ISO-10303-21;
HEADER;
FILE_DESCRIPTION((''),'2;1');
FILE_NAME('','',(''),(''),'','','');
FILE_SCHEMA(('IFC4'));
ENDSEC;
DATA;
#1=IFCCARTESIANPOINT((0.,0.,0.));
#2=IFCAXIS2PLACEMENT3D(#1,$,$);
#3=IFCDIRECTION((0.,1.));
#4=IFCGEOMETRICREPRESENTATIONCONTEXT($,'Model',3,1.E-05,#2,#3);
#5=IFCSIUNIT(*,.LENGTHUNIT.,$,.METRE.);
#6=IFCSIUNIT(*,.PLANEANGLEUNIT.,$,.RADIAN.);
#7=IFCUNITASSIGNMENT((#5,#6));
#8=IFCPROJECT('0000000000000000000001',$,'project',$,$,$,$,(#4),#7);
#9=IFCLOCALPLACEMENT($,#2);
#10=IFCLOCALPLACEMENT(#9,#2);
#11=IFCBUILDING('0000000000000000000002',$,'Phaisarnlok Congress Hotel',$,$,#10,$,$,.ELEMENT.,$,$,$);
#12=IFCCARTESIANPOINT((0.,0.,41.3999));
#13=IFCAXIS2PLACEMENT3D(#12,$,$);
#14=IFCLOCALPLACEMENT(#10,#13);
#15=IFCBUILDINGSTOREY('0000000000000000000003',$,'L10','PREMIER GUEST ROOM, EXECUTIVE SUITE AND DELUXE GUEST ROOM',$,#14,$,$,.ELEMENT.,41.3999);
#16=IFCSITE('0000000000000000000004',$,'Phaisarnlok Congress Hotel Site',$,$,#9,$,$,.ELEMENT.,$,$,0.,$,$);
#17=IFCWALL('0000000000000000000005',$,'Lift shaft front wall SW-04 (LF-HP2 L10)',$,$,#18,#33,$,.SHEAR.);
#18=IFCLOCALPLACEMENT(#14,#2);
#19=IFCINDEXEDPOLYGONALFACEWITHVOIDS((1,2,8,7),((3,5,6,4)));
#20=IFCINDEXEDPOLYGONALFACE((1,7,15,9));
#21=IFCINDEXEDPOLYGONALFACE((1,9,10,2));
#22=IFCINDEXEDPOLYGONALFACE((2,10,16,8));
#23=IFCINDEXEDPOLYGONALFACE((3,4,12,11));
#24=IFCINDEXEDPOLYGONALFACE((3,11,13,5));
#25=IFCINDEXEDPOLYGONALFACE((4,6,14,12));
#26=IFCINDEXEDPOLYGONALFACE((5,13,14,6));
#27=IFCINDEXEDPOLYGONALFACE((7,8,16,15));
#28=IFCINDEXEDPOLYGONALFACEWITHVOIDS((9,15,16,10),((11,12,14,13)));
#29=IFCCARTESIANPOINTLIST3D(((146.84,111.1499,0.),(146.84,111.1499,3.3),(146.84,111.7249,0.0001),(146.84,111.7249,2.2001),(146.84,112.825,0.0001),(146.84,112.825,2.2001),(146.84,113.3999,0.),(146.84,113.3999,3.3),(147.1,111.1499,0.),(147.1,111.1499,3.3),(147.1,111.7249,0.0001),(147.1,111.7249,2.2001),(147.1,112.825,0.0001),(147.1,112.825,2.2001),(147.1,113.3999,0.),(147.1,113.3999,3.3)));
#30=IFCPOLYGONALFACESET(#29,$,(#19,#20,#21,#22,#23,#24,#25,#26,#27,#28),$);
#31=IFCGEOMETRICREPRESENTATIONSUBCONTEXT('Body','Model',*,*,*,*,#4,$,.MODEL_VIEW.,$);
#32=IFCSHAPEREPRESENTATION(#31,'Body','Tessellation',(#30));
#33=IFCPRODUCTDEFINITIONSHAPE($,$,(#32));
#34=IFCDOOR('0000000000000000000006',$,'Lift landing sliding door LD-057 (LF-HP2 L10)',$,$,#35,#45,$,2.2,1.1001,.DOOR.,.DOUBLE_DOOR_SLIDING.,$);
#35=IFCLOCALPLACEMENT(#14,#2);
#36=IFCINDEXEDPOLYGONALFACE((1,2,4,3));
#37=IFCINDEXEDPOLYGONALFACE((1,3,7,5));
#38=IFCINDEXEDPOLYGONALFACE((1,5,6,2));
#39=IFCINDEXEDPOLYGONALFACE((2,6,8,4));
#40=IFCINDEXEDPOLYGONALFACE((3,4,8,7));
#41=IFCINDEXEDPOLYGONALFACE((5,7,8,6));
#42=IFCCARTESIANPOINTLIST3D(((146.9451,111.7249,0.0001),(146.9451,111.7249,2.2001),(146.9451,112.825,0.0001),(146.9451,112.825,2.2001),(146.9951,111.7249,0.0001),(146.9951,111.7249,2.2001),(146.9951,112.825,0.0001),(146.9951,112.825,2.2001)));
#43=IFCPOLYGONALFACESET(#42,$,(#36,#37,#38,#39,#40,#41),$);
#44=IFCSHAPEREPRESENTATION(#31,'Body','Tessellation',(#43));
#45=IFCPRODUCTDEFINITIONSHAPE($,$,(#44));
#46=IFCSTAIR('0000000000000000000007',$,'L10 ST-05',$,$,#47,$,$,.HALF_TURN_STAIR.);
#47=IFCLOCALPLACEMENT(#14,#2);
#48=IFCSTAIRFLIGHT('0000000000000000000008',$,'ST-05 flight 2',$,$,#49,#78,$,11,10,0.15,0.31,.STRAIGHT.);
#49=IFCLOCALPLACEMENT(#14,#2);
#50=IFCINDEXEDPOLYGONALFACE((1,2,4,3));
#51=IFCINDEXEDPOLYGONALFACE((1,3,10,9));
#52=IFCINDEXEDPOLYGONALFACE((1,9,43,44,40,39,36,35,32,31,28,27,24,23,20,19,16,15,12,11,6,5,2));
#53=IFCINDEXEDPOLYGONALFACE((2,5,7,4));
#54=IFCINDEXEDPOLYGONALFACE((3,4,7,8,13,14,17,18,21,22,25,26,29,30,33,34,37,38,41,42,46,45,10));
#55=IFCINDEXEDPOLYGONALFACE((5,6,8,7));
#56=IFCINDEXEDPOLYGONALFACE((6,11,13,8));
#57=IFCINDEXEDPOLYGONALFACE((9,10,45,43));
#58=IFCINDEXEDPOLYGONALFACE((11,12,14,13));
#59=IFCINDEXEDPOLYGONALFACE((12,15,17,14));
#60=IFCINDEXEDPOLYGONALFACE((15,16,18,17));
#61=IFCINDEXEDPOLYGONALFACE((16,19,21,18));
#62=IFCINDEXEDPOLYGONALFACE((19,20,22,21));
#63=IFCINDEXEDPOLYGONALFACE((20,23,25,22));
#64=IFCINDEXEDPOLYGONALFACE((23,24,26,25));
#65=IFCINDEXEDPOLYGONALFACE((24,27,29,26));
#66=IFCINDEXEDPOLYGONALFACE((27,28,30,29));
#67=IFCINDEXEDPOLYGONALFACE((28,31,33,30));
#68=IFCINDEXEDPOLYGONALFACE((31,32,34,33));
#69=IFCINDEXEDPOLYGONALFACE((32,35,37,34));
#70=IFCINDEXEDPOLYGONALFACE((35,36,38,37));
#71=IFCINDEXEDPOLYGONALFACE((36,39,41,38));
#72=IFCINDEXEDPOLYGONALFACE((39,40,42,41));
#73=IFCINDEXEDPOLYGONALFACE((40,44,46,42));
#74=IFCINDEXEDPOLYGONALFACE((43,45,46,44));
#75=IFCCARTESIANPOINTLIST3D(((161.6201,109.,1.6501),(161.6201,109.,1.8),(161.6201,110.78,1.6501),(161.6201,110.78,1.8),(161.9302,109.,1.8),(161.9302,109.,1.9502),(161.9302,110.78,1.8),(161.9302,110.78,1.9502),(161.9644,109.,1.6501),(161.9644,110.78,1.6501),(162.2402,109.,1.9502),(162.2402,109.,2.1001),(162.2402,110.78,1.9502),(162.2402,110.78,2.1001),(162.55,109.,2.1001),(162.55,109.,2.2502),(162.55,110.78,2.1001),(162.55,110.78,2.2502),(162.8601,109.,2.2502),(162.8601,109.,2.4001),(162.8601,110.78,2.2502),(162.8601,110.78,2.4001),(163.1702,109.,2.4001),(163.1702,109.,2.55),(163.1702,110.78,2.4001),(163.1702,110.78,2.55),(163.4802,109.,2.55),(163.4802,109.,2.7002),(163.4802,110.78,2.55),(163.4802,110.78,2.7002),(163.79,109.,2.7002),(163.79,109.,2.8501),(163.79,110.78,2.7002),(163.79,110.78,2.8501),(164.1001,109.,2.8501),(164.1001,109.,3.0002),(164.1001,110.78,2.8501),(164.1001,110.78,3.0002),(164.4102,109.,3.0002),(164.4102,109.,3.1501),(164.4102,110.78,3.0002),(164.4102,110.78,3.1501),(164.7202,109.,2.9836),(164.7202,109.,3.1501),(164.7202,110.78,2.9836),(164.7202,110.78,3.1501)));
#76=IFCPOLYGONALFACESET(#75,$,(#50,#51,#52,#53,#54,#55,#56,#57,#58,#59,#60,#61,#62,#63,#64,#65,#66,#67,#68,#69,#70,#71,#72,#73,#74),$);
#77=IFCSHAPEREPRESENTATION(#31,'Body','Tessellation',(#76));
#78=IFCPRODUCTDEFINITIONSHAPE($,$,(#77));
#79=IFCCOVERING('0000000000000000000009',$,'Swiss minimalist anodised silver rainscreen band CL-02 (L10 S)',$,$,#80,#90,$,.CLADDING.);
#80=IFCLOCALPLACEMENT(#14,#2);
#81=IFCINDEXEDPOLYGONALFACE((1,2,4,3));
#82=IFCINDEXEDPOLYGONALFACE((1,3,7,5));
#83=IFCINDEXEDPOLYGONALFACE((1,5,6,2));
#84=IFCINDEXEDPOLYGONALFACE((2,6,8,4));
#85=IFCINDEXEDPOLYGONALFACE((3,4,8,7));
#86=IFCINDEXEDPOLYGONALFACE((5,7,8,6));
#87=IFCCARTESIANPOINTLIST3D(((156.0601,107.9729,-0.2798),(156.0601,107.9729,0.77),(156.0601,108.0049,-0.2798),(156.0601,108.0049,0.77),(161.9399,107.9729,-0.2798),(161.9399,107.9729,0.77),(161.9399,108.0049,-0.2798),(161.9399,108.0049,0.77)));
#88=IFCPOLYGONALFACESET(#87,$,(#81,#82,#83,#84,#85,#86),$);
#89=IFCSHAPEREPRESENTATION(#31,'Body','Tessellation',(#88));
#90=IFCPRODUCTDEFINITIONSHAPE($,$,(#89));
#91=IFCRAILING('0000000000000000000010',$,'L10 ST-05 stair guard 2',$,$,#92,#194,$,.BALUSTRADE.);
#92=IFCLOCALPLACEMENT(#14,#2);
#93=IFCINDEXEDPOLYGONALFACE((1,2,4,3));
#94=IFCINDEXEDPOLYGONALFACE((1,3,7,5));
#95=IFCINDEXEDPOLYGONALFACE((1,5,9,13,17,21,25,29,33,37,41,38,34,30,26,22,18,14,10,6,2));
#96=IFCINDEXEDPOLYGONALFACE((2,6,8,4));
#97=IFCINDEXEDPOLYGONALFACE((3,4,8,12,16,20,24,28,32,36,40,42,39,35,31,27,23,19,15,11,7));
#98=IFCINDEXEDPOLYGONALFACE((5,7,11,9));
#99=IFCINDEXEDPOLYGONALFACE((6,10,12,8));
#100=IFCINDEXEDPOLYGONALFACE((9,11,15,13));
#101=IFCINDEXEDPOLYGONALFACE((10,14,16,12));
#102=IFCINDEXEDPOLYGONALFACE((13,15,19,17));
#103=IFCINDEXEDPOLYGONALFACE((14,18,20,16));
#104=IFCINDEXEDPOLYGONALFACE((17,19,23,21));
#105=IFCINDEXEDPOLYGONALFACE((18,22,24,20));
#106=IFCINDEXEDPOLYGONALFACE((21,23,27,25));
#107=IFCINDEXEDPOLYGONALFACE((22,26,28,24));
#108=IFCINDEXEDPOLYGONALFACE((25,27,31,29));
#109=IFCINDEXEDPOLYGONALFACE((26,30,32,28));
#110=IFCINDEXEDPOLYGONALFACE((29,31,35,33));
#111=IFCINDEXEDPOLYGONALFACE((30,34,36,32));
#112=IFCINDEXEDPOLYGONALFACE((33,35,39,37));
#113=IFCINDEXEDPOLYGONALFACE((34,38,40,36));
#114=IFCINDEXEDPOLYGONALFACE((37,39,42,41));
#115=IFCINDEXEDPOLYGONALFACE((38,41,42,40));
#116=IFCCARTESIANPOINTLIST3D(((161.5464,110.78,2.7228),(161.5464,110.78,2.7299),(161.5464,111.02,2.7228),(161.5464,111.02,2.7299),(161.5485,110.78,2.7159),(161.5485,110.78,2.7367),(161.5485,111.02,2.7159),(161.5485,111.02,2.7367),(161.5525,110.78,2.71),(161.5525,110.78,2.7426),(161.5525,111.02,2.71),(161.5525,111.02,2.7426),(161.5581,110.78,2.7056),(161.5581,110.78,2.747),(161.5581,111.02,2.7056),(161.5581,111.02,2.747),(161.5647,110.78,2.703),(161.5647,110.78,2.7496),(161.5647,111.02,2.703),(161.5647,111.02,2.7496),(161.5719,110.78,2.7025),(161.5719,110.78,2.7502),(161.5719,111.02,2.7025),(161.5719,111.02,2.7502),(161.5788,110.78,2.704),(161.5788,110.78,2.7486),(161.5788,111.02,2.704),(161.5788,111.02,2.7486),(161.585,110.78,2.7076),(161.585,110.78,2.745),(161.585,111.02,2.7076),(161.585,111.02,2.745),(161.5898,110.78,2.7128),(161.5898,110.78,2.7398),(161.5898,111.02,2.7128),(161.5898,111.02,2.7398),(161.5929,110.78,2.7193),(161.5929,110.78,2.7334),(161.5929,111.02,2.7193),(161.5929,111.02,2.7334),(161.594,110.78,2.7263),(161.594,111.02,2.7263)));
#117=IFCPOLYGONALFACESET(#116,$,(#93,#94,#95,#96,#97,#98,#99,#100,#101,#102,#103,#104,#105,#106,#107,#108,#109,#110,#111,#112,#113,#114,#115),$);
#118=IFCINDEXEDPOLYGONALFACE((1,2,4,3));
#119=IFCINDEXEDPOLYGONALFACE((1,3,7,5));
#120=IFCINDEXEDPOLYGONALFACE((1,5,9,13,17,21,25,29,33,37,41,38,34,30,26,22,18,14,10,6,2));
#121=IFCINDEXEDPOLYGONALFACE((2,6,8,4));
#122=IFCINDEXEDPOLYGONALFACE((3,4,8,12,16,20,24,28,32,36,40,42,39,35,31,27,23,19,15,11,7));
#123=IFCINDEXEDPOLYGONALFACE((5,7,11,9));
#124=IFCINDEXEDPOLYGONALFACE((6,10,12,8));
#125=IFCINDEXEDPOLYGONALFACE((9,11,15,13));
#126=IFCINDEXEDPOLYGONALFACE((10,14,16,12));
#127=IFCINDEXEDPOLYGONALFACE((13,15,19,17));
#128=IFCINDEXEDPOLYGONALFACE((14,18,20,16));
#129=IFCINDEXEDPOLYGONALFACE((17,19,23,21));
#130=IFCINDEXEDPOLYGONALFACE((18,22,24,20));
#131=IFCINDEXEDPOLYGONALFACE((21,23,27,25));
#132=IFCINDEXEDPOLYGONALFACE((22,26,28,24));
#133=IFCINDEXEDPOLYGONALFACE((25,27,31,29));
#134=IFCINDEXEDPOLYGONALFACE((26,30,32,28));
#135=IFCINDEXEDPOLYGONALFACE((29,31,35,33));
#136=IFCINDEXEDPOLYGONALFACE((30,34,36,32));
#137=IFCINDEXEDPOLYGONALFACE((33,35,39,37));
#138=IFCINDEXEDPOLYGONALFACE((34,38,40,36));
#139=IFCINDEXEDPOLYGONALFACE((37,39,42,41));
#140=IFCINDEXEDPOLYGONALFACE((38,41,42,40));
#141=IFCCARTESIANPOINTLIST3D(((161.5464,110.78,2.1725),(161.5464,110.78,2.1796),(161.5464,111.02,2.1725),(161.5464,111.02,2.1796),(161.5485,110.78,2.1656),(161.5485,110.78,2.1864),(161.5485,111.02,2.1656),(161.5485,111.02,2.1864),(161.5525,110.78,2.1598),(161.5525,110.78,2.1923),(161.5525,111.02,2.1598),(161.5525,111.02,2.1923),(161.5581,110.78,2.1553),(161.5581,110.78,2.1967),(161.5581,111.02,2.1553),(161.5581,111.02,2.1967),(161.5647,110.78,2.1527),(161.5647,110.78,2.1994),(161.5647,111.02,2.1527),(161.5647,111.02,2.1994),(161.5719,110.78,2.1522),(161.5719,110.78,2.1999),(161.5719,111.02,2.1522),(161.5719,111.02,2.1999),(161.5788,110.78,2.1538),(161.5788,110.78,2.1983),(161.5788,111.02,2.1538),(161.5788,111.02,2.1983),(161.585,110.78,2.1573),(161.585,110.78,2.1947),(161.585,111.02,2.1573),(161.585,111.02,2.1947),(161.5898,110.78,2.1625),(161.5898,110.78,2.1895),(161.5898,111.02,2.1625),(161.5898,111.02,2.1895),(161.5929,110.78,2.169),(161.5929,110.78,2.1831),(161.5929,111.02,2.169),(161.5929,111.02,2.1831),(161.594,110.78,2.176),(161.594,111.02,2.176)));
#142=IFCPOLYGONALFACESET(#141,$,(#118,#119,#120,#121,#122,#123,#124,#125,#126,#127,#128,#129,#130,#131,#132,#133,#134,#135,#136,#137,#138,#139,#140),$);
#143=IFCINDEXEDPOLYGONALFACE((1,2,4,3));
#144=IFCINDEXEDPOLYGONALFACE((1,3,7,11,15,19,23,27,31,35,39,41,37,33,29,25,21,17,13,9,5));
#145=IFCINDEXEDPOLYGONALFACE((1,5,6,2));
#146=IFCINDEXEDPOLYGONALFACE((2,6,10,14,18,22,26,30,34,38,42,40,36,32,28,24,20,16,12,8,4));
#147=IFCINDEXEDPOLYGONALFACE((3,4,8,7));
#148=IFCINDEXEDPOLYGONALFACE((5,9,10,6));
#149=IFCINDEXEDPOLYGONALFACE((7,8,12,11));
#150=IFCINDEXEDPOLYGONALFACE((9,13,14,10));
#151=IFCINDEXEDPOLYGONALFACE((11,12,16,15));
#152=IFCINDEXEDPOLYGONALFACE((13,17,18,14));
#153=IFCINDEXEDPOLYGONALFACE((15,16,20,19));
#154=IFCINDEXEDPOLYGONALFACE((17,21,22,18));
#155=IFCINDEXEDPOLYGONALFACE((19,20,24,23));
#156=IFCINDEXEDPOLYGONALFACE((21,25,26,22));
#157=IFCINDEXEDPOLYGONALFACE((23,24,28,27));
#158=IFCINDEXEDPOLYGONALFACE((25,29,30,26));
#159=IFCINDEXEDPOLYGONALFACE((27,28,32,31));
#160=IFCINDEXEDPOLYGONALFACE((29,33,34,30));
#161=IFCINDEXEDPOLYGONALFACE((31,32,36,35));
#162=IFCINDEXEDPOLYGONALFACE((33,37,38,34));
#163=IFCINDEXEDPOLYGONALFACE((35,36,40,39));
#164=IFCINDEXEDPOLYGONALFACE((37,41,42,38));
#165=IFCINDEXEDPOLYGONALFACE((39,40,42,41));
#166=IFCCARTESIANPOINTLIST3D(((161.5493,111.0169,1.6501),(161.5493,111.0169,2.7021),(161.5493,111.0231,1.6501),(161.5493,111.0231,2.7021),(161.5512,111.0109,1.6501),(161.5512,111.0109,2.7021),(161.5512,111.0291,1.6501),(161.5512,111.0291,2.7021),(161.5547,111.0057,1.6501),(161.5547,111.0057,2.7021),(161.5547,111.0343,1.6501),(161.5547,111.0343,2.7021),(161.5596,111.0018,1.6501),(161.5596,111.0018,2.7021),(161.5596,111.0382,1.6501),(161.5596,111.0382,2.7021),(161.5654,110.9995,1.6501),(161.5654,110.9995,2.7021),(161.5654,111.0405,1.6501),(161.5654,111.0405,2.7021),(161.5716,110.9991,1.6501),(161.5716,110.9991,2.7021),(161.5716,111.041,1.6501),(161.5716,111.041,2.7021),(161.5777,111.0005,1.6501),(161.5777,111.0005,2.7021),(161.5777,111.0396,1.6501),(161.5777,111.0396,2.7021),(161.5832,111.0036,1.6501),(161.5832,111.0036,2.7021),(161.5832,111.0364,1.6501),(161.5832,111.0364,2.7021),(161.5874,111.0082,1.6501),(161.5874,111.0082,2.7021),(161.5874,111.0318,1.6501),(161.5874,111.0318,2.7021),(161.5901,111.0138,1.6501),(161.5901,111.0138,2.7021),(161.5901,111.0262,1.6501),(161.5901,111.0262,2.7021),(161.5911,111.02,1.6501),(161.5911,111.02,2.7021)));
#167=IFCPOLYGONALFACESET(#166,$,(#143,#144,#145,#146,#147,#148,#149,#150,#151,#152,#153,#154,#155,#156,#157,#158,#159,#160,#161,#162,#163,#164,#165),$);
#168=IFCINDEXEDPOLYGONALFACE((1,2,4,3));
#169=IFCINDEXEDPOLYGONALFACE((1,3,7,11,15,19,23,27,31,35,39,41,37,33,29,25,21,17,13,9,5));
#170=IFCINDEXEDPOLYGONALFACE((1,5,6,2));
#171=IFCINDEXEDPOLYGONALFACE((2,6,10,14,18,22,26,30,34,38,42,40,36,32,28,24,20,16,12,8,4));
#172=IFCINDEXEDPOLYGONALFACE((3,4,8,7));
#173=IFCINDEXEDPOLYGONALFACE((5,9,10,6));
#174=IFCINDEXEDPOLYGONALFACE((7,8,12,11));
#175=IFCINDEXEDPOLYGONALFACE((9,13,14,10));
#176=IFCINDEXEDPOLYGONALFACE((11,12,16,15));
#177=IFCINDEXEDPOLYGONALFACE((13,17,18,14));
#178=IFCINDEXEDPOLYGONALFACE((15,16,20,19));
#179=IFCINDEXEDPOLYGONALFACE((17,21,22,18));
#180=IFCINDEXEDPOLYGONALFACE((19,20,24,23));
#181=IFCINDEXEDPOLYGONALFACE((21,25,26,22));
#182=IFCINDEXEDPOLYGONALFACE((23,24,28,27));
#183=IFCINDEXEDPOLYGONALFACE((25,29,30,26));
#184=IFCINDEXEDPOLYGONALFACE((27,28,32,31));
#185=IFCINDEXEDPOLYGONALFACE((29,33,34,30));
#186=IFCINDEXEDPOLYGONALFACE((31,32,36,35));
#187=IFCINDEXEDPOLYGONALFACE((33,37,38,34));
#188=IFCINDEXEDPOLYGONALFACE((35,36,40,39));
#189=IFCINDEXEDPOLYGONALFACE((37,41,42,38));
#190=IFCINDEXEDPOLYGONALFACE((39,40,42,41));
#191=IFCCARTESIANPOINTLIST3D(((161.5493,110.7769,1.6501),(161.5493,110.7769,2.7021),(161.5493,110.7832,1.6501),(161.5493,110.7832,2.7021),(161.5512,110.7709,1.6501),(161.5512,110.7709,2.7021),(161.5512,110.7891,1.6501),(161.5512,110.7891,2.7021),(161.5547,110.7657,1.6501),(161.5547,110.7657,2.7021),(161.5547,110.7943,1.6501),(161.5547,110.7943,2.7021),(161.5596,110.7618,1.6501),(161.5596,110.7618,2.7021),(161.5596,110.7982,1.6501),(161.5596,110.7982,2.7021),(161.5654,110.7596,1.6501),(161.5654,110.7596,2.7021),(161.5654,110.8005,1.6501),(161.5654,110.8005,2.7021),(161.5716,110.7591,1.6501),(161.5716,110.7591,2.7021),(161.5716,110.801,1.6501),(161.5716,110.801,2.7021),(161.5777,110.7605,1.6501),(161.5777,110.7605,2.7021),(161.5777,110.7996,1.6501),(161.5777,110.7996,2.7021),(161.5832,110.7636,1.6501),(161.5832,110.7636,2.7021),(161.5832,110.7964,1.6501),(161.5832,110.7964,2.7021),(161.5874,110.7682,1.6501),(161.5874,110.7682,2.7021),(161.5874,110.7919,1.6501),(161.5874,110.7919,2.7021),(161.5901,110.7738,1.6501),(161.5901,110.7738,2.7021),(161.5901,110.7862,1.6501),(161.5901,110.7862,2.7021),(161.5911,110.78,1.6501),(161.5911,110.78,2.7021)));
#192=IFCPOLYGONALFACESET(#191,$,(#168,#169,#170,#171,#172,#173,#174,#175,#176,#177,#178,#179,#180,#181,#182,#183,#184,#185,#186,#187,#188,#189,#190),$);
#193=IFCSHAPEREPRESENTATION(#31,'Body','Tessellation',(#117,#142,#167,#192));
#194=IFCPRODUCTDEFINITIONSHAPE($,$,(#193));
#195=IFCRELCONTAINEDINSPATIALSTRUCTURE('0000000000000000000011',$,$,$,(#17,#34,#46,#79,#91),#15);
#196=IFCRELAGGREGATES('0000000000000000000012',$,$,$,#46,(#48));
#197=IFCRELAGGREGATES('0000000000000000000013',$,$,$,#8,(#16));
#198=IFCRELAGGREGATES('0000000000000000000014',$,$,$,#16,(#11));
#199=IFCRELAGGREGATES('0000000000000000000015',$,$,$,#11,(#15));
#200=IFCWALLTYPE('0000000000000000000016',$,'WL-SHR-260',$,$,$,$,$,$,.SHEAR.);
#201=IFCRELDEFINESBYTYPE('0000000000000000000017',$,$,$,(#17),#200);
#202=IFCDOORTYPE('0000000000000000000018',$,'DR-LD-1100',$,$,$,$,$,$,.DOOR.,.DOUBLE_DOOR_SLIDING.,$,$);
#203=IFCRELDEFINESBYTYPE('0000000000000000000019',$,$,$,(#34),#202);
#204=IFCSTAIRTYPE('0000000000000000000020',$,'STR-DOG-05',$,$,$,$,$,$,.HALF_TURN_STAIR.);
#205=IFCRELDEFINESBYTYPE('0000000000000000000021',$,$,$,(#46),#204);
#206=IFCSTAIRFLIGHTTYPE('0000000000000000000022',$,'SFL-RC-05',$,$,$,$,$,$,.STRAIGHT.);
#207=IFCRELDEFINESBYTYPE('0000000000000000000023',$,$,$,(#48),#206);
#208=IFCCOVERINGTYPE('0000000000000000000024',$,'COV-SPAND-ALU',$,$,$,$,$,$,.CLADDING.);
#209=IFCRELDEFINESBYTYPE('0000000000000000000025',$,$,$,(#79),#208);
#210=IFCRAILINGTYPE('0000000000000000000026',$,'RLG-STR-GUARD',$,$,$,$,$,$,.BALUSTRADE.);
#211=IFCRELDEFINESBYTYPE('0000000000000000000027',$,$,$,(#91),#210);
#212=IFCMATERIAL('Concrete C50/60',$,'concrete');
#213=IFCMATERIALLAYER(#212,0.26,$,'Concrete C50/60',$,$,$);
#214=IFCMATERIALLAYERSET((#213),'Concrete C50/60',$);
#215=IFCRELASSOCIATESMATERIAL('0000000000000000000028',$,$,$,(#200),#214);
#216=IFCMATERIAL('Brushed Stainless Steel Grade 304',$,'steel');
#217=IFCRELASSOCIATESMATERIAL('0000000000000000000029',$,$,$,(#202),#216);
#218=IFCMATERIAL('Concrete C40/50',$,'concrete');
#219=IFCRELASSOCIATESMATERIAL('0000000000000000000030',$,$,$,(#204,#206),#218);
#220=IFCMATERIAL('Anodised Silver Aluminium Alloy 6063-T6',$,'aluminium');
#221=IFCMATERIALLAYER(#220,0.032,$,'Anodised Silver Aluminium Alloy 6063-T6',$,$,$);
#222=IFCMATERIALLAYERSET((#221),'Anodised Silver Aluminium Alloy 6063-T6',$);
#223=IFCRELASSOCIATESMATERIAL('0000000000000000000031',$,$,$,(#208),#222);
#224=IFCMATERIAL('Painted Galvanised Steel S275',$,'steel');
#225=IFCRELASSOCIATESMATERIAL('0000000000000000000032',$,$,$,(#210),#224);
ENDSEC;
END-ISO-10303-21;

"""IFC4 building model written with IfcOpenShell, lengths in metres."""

from ifc_helpers import new_model, si_unit, direction, frame, frame_2d, origin, origin_2d, place, context, subcontext, project, spatial, polyline, rectangle, circle, outline, extrude, material, layer, layer_set, type_object, element, fill, aggregate, save


model = new_model("IFC4")

# Units and contexts
model_context = context("Model", 3, precision=1e-05, world=origin(), true_north=direction((0.0, 1.0)))
body_context = subcontext(model_context, "Body", "Model", "MODEL_VIEW")
ifc_project = project(units=[si_unit("LENGTHUNIT", "METRE"), si_unit("PLANEANGLEUNIT", "RADIAN")], contexts=[model_context])

# Site, building, storey
site_placement = place(None, origin())
site = spatial("IfcSite", under=ifc_project, at=site_placement, Name="Phaisarnlok Congress Hotel Site", CompositionType="ELEMENT", RefElevation=0.0)
building_placement = place(site_placement, origin())
building = spatial("IfcBuilding", under=site, at=building_placement, Name="Phaisarnlok Congress Hotel", CompositionType="ELEMENT")
storey_placement = place(building_placement, frame((0.0, 0.0, 41.3999)))
storey = spatial("IfcBuildingStorey", under=building, at=storey_placement, Name="L10", Description="PREMIER GUEST ROOM, EXECUTIVE SUITE AND DELUXE GUEST ROOM", CompositionType="ELEMENT", Elevation=41.3999)

# Shared definitions
ifc_material_1 = material(Name="Concrete C50/60", Category="concrete")

# Shared definitions
ifc_material_2 = material(Name="Concrete C40/50", Category="concrete")

# Shared definitions
ifc_layer_1 = layer(ifc_material_1, 0.26, Name="Concrete C50/60")
ifc_layer_set_1 = layer_set([ifc_layer_1], Name="Concrete C50/60")
wall_type_1 = type_object("IfcWallType", Name="WL-SHR-260", PredefinedType="SHEAR", material=ifc_layer_set_1)

# Wall, opening, door
wall_1_placement = place(storey_placement, frame((146.97, 111.1499, 0.0), z_axis=(0.0, 0.0, 1.0), x_axis=(0.0, 1.0, 0.0)))
wall_1 = element("IfcWall", 1, at=wall_1_placement, inside=storey, type_object=wall_type_1, Name="Lift shaft front wall SW-04 (LF-HP2 L10)", PredefinedType="SHEAR", context=body_context, shape_type="SweptSolid", body=[
    extrude(rectangle(XDim=2.25, YDim=0.26, at=frame_2d((1.125, 0.0))), origin(), (0.0, 0.0, 1.0), 3.3),
])
opening_1_placement = place(wall_1_placement, frame((0.575, 0.0, 0.0)))
opening_1 = element("IfcOpeningElement", 2, at=opening_1_placement, cuts=wall_1, PredefinedType="OPENING", context=body_context, shape_type="SweptSolid", body=[
    extrude(rectangle(XDim=1.1001, YDim=2.2, at=frame_2d((0.55, 1.1001))), frame((0.0, 0.1401, 0.0), z_axis=(0.0, -1.0, 0.0), x_axis=(1.0, 0.0, 0.0)), (0.0, 0.0, 1.0), 0.28),
])
ifc_material_3 = material(Name="Brushed Stainless Steel Grade 304", Category="steel")
door_type = type_object("IfcDoorType", Name="DR-LD-1100", OperationType="DOUBLE_DOOR_SLIDING", PredefinedType="DOOR", material=ifc_material_3)
door_placement = place(opening_1_placement, origin())
door = element("IfcDoor", 3, at=door_placement, inside=storey, type_object=door_type, Name="Lift landing sliding door LD-057 (LF-HP2 L10)", OperationType="DOUBLE_DOOR_SLIDING", OverallHeight=2.2, OverallWidth=1.1001, PredefinedType="DOOR", context=body_context, shape_type="SweptSolid", body=[
    extrude(rectangle(XDim=1.1001, YDim=2.2, at=frame_2d((0.55, 1.1001))), frame((0.0, 0.0249, 0.0), z_axis=(0.0, -1.0, 0.0), x_axis=(1.0, 0.0, 0.0)), (0.0, 0.0, 1.0), 0.05),
])
fill(opening_1, door)

# Stair, stair flight
stair_type = type_object("IfcStairType", Name="STR-DOG-05", PredefinedType="HALF_TURN_STAIR", material=ifc_material_2)
stair_placement = place(storey_placement, origin())
stair = element("IfcStair", 4, at=stair_placement, inside=storey, type_object=stair_type, Name="L10 ST-05", PredefinedType="HALF_TURN_STAIR")
stair_flight_type = type_object("IfcStairFlightType", Name="SFL-RC-05", PredefinedType="STRAIGHT", material=ifc_material_2)
stair_flight_placement = place(storey_placement, frame((161.6201, 109.8899, 1.6501), z_axis=(0.0, 0.0, 1.0), x_axis=(1.0, 0.0, 0.0)))
stair_flight = element("IfcStairFlight", 5, at=stair_flight_placement, type_object=stair_flight_type, Name="ST-05 flight 2", NumberOfRisers=11, NumberOfTreads=10, PredefinedType="STRAIGHT", RiserHeight=0.15, TreadLength=0.31, context=body_context, shape_type="SweptSolid", body=[
    extrude(outline(polyline([(0.0, 0.0), (0.0, 0.1499), (0.3101, 0.1499), (0.3101, 0.3), (0.6201, 0.3), (0.6201, 0.45), (0.9299, 0.45), (0.9299, 0.6001), (1.24, 0.6001), (1.24, 0.75), (1.55, 0.75), (1.55, 0.8999), (1.8601, 0.8999), (1.8601, 1.05), (2.1699, 1.05), (2.1699, 1.2), (2.48, 1.2), (2.48, 1.3501), (2.79, 1.3501), (2.79, 1.5), (3.1001, 1.5), (3.1001, 1.6499), (3.1001, 1.3335), (0.3442, 0.0), (0.0, 0.0)])), frame((0.0, 0.8901, 0.0), z_axis=(0.0, -1.0, 0.0), x_axis=(1.0, 0.0, 0.0)), (0.0, 0.0, 1.0), 1.78),
])
aggregate(stair, [stair_flight])

# Covering
ifc_material_4 = material(Name="Anodised Silver Aluminium Alloy 6063-T6", Category="aluminium")
ifc_layer_2 = layer(ifc_material_4, 0.032, Name="Anodised Silver Aluminium Alloy 6063-T6")
ifc_layer_set_2 = layer_set([ifc_layer_2], Name="Anodised Silver Aluminium Alloy 6063-T6")
covering_type = type_object("IfcCoveringType", Name="COV-SPAND-ALU", PredefinedType="CLADDING", material=ifc_layer_set_2)
covering_placement = place(storey_placement, frame((156.0601, 108.0049, -0.2798), z_axis=(0.0, -1.0, 0.0), x_axis=(1.0, 0.0, 0.0)))
element("IfcCovering", 6, at=covering_placement, inside=storey, type_object=covering_type, Name="Swiss minimalist anodised silver rainscreen band CL-02 (L10 S)", PredefinedType="CLADDING", context=body_context, shape_type="SweptSolid", body=[
    extrude(outline(polyline([(0.0, 0.0), (5.8799, 0.0), (5.8799, 1.0498), (0.0, 1.0498), (0.0, 0.0)])), origin(), (0.0, 0.0, 1.0), 0.032),
])

# Railing
ifc_material_5 = material(Name="Painted Galvanised Steel S275", Category="steel")
railing_type_1 = type_object("IfcRailingType", Name="RLG-STR-GUARD", PredefinedType="BALUSTRADE", material=ifc_material_5)
railing_1_placement = place(storey_placement, frame((161.5701, 111.02, 1.6501)))
element("IfcRailing", 7, at=railing_1_placement, inside=storey, type_object=railing_type_1, Name="L10 ST-05 stair guard 2", PredefinedType="BALUSTRADE", context=body_context, shape_type="SweptSolid", body=[
    extrude(circle(Radius=0.0239, at=origin_2d()), frame((0.0, 0.0, 1.0762), z_axis=(0.0, -1.0, 0.0), x_axis=(1.0, 0.0, 0.0)), (0.0, 0.0, 1.0), 0.24),
    extrude(circle(Radius=0.0239, at=origin_2d()), frame((0.0, 0.0, 0.5259), z_axis=(0.0, -1.0, 0.0), x_axis=(1.0, 0.0, 0.0)), (0.0, 0.0, 1.0), 0.24),
    extrude(circle(Radius=0.021, at=origin_2d()), origin(), (0.0, 0.0, 1.0), 1.052),
    extrude(circle(Radius=0.021, at=origin_2d()), frame((0.0, -0.24, 0.0)), (0.0, 0.0, 1.0), 1.052),
])

save(model, "model.ifc")
